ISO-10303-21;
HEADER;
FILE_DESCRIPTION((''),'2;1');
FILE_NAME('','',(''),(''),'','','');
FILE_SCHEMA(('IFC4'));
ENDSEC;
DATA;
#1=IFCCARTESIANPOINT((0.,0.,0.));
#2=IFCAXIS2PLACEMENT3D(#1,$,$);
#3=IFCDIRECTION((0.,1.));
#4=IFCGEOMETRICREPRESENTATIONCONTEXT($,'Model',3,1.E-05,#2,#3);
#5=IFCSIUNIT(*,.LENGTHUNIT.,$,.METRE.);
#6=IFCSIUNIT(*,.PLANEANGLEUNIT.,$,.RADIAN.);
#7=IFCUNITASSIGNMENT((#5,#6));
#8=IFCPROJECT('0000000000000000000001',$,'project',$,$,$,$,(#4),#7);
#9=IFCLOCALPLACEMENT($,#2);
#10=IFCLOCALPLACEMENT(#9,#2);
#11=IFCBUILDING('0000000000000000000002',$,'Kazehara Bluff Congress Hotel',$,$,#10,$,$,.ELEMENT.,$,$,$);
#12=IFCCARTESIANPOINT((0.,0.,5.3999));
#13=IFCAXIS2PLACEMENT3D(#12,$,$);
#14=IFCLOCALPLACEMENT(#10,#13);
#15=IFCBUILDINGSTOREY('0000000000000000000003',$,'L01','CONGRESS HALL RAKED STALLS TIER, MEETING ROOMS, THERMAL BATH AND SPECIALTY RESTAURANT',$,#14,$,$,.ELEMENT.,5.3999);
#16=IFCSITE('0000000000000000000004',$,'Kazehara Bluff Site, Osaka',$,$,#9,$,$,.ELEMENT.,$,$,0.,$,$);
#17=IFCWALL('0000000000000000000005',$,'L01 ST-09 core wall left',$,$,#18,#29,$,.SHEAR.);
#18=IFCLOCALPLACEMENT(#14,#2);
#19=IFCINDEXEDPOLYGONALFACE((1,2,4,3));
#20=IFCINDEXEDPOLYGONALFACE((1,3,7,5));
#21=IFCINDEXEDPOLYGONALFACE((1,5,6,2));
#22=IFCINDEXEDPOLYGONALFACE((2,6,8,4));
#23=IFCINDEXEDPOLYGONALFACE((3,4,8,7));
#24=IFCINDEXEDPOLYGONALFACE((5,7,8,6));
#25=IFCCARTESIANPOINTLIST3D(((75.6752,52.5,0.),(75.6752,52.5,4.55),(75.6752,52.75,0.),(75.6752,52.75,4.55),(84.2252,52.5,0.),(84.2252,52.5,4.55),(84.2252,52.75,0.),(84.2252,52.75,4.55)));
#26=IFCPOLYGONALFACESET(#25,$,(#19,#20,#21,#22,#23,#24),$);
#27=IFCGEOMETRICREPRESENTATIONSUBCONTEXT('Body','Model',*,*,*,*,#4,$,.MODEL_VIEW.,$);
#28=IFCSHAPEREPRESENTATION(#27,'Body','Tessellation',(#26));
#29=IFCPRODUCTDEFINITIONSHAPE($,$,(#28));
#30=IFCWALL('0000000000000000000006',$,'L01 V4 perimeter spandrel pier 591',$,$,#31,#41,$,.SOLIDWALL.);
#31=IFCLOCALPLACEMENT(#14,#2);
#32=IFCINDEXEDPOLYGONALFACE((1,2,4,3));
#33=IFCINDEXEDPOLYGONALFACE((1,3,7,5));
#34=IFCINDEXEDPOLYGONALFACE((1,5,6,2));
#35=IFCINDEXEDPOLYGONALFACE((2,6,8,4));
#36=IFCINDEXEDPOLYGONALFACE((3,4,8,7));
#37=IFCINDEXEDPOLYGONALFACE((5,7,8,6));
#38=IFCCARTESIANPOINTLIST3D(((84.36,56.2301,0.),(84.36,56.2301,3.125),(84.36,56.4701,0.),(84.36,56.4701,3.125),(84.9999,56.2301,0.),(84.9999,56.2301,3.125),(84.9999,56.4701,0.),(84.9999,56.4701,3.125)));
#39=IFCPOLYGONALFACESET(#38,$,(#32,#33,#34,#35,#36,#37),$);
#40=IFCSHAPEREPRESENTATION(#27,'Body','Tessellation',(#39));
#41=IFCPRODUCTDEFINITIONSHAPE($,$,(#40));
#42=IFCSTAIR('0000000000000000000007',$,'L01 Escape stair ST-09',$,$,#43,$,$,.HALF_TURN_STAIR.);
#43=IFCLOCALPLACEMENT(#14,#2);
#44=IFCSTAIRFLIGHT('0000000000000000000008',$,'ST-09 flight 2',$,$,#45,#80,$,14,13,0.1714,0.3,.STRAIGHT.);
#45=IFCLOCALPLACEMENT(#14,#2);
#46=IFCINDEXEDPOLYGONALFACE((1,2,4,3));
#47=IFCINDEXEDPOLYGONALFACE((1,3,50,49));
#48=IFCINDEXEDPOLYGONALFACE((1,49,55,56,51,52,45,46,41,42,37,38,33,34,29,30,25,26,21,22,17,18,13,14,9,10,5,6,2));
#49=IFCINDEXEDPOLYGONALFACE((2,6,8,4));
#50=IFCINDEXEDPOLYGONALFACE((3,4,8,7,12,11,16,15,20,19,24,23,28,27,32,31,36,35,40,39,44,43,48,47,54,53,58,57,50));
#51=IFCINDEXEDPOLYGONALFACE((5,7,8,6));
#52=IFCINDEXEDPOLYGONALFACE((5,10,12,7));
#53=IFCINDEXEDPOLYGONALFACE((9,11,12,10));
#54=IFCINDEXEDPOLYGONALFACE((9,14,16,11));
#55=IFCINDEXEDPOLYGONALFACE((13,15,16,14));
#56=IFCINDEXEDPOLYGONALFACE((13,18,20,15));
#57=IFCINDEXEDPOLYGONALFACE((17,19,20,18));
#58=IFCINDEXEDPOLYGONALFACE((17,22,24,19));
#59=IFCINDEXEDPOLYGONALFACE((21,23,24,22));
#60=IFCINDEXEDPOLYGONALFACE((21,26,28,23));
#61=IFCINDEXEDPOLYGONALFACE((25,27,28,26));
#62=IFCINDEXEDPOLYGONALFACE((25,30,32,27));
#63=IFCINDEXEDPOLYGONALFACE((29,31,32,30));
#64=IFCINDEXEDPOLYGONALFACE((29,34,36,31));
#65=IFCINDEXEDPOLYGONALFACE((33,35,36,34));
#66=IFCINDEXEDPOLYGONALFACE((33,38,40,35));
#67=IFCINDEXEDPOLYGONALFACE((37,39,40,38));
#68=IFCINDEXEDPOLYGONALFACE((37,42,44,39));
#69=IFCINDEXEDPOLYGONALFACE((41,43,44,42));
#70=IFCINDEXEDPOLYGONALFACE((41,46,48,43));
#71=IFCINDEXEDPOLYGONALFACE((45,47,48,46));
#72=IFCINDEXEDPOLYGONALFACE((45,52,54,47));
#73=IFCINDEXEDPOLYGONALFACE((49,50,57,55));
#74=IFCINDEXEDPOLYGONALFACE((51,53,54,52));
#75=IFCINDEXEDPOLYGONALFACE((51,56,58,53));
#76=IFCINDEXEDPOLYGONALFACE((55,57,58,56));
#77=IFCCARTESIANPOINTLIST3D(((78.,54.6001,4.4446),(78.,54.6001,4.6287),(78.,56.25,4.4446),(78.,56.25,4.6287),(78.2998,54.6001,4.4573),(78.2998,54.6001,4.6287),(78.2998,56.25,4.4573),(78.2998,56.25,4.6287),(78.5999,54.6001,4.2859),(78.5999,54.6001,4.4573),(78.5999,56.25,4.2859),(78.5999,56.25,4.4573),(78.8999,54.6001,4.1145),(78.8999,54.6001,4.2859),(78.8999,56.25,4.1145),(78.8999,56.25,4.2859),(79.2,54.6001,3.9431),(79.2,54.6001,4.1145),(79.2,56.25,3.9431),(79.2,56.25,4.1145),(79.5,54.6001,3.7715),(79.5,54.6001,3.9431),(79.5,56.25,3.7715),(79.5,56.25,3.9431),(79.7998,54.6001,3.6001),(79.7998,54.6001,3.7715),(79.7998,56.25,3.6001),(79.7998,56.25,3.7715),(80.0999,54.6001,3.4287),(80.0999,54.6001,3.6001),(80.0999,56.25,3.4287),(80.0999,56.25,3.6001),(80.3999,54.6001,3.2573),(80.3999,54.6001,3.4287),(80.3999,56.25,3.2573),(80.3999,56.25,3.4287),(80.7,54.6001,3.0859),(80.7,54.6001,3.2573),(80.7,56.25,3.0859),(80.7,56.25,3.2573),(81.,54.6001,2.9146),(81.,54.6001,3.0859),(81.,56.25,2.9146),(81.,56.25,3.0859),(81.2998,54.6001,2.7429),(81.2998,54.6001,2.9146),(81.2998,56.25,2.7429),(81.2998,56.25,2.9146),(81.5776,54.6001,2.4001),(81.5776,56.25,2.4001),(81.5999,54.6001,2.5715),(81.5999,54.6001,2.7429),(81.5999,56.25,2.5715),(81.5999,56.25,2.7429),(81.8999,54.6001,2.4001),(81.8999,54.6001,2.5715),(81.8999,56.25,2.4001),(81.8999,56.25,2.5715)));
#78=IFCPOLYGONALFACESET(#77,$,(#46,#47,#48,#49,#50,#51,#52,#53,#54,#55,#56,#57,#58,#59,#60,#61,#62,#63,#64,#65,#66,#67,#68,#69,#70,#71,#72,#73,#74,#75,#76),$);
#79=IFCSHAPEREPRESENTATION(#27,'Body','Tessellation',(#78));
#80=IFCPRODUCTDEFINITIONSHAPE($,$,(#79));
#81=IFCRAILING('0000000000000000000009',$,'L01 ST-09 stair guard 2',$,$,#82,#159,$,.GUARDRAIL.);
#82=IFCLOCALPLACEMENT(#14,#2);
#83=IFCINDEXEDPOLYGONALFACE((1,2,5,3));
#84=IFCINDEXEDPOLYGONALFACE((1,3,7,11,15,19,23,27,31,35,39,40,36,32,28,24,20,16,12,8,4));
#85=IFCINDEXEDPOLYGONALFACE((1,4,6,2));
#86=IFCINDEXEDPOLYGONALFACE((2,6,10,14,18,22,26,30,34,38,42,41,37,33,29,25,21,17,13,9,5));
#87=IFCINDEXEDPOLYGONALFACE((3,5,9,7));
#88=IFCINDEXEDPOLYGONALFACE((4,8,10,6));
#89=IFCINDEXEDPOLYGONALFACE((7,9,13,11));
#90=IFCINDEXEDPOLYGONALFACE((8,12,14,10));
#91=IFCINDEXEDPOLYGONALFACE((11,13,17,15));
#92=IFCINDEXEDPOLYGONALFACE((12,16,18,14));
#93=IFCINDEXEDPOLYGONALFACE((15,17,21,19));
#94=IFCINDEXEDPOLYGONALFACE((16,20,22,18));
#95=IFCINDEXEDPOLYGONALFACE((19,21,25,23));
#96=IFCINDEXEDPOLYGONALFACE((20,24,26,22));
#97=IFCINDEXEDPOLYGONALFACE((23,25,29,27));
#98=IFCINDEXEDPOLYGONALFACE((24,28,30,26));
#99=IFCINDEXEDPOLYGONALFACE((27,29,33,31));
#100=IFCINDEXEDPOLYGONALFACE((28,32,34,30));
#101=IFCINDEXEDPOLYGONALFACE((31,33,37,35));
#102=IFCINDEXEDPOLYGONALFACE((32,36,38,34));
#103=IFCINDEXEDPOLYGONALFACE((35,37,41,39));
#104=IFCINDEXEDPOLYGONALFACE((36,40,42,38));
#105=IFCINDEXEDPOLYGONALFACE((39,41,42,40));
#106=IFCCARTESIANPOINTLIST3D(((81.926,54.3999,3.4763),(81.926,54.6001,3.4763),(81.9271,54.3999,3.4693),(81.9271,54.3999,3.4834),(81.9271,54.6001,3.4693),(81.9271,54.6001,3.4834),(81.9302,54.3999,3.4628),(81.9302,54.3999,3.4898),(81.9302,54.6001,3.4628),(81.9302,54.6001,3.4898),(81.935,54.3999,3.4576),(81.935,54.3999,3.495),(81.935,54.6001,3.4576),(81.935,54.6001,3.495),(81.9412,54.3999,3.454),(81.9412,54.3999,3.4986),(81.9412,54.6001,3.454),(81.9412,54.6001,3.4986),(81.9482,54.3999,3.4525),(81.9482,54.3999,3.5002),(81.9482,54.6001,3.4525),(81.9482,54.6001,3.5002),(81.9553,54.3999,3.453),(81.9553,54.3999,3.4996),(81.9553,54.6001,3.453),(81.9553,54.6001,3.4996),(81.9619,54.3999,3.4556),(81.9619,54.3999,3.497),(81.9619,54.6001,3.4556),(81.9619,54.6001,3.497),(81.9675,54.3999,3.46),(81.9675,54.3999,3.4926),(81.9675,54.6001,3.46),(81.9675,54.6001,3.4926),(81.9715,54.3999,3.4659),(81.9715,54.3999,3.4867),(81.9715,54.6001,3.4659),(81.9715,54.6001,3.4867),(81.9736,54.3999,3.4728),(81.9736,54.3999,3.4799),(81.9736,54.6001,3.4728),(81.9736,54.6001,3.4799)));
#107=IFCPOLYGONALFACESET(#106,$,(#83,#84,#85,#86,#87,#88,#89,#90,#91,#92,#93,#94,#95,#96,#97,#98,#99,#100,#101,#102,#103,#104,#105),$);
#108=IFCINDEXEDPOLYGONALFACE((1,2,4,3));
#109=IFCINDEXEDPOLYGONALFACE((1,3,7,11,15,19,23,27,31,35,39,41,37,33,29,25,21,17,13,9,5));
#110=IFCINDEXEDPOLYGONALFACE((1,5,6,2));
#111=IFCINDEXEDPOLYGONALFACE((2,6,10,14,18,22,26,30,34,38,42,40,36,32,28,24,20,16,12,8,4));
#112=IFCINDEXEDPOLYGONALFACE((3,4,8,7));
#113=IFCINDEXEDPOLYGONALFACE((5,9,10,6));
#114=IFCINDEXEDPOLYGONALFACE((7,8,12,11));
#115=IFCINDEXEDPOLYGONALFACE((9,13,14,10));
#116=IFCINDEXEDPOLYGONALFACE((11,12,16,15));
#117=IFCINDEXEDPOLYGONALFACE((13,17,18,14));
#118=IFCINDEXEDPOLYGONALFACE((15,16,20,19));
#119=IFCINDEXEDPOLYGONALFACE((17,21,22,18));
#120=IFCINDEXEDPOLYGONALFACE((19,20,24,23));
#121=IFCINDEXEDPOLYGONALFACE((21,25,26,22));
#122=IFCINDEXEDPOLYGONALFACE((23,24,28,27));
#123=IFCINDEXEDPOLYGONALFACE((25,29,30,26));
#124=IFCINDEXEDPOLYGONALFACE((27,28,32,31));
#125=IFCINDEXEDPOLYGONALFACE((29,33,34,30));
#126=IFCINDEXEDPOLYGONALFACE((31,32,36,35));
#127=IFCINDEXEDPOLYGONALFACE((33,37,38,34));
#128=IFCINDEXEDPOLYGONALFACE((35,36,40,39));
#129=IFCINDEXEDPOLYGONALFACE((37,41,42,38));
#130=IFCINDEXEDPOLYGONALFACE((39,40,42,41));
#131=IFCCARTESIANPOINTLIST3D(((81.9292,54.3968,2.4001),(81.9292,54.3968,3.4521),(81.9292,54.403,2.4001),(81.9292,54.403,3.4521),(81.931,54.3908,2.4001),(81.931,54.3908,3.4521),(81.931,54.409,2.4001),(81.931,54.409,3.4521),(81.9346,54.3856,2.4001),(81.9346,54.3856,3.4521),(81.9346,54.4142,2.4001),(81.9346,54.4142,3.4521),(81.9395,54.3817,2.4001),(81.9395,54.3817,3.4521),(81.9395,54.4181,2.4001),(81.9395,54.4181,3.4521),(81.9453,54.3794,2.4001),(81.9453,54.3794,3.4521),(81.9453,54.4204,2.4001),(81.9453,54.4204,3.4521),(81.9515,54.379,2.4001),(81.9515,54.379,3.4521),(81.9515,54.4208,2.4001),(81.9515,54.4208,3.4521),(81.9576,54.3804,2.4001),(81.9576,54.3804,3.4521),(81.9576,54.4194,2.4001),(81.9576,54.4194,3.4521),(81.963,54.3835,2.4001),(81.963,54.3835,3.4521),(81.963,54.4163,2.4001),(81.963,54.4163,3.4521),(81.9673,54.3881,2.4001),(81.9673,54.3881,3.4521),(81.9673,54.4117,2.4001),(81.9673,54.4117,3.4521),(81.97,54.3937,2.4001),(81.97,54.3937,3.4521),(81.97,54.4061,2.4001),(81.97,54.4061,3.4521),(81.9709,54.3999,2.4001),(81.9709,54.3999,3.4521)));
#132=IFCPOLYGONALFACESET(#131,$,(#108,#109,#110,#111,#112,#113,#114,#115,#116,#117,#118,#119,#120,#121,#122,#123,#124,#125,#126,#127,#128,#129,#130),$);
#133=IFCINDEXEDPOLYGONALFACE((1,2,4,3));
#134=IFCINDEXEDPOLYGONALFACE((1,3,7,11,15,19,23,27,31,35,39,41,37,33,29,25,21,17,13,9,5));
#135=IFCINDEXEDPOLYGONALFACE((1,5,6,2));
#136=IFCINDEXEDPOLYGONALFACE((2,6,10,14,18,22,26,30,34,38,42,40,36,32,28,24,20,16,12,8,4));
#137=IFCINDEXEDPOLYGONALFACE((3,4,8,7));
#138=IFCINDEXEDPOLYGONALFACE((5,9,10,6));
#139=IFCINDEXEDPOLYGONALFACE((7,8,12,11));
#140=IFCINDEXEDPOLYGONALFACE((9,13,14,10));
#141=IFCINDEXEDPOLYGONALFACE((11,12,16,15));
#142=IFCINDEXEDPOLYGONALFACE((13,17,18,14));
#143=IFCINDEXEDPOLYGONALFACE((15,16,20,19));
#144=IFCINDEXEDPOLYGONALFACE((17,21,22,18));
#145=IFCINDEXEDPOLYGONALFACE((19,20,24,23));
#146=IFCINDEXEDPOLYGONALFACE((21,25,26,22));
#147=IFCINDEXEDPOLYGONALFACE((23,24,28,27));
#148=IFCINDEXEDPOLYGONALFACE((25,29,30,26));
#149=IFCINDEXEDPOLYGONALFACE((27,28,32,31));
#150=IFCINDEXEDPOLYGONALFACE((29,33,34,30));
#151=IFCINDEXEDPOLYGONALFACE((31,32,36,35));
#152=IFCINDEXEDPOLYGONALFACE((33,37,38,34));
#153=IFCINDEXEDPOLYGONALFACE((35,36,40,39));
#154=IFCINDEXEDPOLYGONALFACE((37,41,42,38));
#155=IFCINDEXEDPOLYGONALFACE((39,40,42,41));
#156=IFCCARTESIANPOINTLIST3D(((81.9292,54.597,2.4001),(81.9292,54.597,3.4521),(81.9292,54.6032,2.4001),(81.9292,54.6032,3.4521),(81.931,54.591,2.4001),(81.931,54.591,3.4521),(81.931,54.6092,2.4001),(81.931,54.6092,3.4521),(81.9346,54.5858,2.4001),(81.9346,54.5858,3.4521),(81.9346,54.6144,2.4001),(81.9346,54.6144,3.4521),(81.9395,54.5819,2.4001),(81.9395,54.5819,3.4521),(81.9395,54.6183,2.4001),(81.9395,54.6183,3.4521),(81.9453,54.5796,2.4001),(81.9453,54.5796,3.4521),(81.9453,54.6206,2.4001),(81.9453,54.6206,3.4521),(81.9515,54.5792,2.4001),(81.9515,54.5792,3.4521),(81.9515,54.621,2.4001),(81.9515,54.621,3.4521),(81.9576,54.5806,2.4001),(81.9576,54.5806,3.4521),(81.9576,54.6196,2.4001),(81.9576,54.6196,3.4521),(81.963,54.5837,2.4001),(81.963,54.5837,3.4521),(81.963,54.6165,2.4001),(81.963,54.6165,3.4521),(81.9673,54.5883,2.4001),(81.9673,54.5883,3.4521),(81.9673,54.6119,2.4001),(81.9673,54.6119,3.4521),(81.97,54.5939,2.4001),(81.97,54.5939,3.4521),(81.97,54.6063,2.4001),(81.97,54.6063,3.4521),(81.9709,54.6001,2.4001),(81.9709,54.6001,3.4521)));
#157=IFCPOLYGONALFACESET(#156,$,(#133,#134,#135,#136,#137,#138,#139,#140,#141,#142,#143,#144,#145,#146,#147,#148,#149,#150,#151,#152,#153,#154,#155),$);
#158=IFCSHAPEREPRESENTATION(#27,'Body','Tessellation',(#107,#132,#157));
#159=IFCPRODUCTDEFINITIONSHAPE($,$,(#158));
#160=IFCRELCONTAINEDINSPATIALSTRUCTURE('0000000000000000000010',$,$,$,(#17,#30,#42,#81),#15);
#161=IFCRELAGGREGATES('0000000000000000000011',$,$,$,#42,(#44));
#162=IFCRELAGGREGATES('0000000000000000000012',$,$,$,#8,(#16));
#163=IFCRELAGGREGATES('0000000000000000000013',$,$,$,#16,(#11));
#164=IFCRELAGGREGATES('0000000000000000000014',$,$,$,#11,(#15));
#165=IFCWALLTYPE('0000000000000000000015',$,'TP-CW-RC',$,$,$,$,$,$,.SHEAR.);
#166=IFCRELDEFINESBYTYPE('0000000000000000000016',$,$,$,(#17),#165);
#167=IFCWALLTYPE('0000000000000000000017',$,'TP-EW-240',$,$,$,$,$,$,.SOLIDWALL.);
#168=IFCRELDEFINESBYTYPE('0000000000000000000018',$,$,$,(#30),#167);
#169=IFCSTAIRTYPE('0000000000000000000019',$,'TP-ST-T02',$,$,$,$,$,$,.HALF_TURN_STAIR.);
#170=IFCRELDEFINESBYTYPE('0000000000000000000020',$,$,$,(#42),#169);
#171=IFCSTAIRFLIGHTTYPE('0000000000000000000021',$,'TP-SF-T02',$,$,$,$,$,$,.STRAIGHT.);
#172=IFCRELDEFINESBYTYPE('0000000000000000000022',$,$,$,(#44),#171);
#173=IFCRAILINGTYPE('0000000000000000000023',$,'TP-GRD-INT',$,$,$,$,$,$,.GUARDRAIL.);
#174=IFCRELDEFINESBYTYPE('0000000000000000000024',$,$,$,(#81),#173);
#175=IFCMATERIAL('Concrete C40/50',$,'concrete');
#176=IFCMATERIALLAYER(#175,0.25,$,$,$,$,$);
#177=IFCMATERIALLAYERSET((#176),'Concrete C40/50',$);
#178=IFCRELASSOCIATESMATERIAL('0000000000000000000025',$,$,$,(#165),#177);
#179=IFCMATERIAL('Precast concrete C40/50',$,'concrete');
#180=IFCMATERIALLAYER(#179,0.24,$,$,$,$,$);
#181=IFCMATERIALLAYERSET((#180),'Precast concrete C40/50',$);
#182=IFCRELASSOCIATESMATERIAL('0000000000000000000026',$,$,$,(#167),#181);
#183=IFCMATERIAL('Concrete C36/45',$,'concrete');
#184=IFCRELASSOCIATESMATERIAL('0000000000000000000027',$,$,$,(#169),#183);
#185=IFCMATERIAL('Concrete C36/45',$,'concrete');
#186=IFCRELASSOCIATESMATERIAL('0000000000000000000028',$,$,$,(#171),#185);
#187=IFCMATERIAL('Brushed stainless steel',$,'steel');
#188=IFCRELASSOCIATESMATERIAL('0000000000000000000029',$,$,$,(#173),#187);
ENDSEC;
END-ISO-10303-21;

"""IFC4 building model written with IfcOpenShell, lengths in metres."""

from ifc_helpers import new_model, si_unit, direction, frame, frame_2d, origin, origin_2d, place, context, subcontext, project, spatial, polyline, rectangle, circle, outline, extrude, material, layer, layer_set, type_object, element, aggregate, save


model = new_model("IFC4")

# Units and contexts
model_context = context("Model", 3, precision=1e-05, world=origin(), true_north=direction((0.0, 1.0)))
body_context = subcontext(model_context, "Body", "Model", "MODEL_VIEW")
ifc_project = project(units=[si_unit("LENGTHUNIT", "METRE"), si_unit("PLANEANGLEUNIT", "RADIAN")], contexts=[model_context])

# Site, building, storey
site_placement = place(None, origin())
site = spatial("IfcSite", under=ifc_project, at=site_placement, Name="Kazehara Bluff Site, Osaka", CompositionType="ELEMENT", RefElevation=0.0)
building_placement = place(site_placement, origin())
building = spatial("IfcBuilding", under=site, at=building_placement, Name="Kazehara Bluff Congress Hotel", CompositionType="ELEMENT")
storey_placement = place(building_placement, frame((0.0, 0.0, 5.3999)))
storey = spatial("IfcBuildingStorey", under=building, at=storey_placement, Name="L01", Description="CONGRESS HALL RAKED STALLS TIER, MEETING ROOMS, THERMAL BATH AND SPECIALTY RESTAURANT", CompositionType="ELEMENT", Elevation=5.3999)

# Walls
ifc_material_1 = material(Name="Concrete C40/50", Category="concrete")
ifc_layer_1 = layer(ifc_material_1, 0.25)
ifc_layer_set_1 = layer_set([ifc_layer_1], Name="Concrete C40/50")
wall_type_1 = type_object("IfcWallType", Name="TP-CW-RC", PredefinedType="SHEAR", material=ifc_layer_set_1)
wall_1_placement = place(storey_placement, frame((84.2251, 52.625, 0.0), z_axis=(0.0, 0.0, 1.0), x_axis=(-1.0, 0.0, 0.0)))
element("IfcWall", 1, at=wall_1_placement, inside=storey, type_object=wall_type_1, Name="L01 ST-09 core wall left", PredefinedType="SHEAR", context=body_context, shape_type="SweptSolid", body=[
    extrude(rectangle(XDim=8.55, YDim=0.25, at=frame_2d((4.2749, 0.0))), origin(), (0.0, 0.0, 1.0), 4.55),
])
ifc_material_2 = material(Name="Precast concrete C40/50", Category="concrete")
ifc_layer_2 = layer(ifc_material_2, 0.24)
ifc_layer_set_2 = layer_set([ifc_layer_2], Name="Precast concrete C40/50")
wall_type_2 = type_object("IfcWallType", Name="TP-EW-240", PredefinedType="SOLIDWALL", material=ifc_layer_set_2)
wall_2_placement = place(storey_placement, frame((84.3601, 56.3501, 0.0), z_axis=(0.0, 0.0, 1.0), x_axis=(1.0, 0.0, 0.0)))
element("IfcWall", 2, at=wall_2_placement, inside=storey, type_object=wall_type_2, Name="L01 V4 perimeter spandrel pier 591", PredefinedType="SOLIDWALL", context=body_context, shape_type="SweptSolid", body=[
    extrude(rectangle(XDim=0.6399, YDim=0.24, at=frame_2d((0.3198, 0.0))), origin(), (0.0, 0.0, 1.0), 3.125),
])

# Stair, stair flight
ifc_material_3 = material(Name="Concrete C36/45", Category="concrete")
stair_type = type_object("IfcStairType", Name="TP-ST-T02", PredefinedType="HALF_TURN_STAIR", material=ifc_material_3)
stair_placement = place(storey_placement, origin())
stair = element("IfcStair", 3, at=stair_placement, inside=storey, type_object=stair_type, Name="L01 Escape stair ST-09", PredefinedType="HALF_TURN_STAIR")
ifc_material_4 = material(Name="Concrete C36/45", Category="concrete")
stair_flight_type = type_object("IfcStairFlightType", Name="TP-SF-T02", PredefinedType="STRAIGHT", material=ifc_material_4)
stair_flight_placement = place(storey_placement, frame((81.8999, 55.425, 2.4001), z_axis=(0.0, 0.0, 1.0), x_axis=(-1.0, 0.0, 0.0)))
stair_flight = element("IfcStairFlight", 4, at=stair_flight_placement, type_object=stair_flight_type, Name="ST-09 flight 2", NumberOfRisers=14, NumberOfTreads=13, PredefinedType="STRAIGHT", RiserHeight=0.1714, TreadLength=0.3, context=body_context, shape_type="SweptSolid", body=[
    extrude(outline(polyline([(0.0, 0.0), (0.0, 0.1714), (0.3, 0.1714), (0.3, 0.3428), (0.6001, 0.3428), (0.6001, 0.5144), (0.8999, 0.5144), (0.8999, 0.6858), (1.2, 0.6858), (1.2, 0.8572), (1.5, 0.8572), (1.5, 1.0286), (1.8, 1.0286), (1.8, 1.2), (2.1001, 1.2), (2.1001, 1.3713), (2.3999, 1.3713), (2.3999, 1.543), (2.7, 1.543), (2.7, 1.7144), (3.0, 1.7144), (3.0, 1.8857), (3.3, 1.8857), (3.3, 2.0571), (3.6001, 2.0571), (3.6001, 2.2285), (3.8999, 2.2285), (3.8999, 2.3999), (3.8999, 2.0444), (0.3223, 0.0), (0.0, 0.0)])), frame((0.0, 0.825, 0.0), z_axis=(0.0, -1.0, 0.0), x_axis=(1.0, 0.0, 0.0)), (0.0, 0.0, 1.0), 1.6499),
])
aggregate(stair, [stair_flight])

# Railing
ifc_material_5 = material(Name="Brushed stainless steel", Category="steel")
railing_type_1 = type_object("IfcRailingType", Name="TP-GRD-INT", PredefinedType="GUARDRAIL", material=ifc_material_5)
railing_1_placement = place(storey_placement, frame((81.95, 54.3999, 2.4001)))
element("IfcRailing", 5, at=railing_1_placement, inside=storey, type_object=railing_type_1, Name="L01 ST-09 stair guard 2", PredefinedType="GUARDRAIL", context=body_context, shape_type="SweptSolid", body=[
    extrude(circle(Radius=0.0239, at=origin_2d()), frame((0.0, 0.0, 1.0762), z_axis=(0.0, 1.0, 0.0), x_axis=(-1.0, 0.0, 0.0)), (0.0, 0.0, 1.0), 0.2002),
    extrude(circle(Radius=0.021, at=origin_2d()), origin(), (0.0, 0.0, 1.0), 1.052),
    extrude(circle(Radius=0.021, at=origin_2d()), frame((0.0, 0.2002, 0.0)), (0.0, 0.0, 1.0), 1.052),
])

save(model, "model.ifc")
